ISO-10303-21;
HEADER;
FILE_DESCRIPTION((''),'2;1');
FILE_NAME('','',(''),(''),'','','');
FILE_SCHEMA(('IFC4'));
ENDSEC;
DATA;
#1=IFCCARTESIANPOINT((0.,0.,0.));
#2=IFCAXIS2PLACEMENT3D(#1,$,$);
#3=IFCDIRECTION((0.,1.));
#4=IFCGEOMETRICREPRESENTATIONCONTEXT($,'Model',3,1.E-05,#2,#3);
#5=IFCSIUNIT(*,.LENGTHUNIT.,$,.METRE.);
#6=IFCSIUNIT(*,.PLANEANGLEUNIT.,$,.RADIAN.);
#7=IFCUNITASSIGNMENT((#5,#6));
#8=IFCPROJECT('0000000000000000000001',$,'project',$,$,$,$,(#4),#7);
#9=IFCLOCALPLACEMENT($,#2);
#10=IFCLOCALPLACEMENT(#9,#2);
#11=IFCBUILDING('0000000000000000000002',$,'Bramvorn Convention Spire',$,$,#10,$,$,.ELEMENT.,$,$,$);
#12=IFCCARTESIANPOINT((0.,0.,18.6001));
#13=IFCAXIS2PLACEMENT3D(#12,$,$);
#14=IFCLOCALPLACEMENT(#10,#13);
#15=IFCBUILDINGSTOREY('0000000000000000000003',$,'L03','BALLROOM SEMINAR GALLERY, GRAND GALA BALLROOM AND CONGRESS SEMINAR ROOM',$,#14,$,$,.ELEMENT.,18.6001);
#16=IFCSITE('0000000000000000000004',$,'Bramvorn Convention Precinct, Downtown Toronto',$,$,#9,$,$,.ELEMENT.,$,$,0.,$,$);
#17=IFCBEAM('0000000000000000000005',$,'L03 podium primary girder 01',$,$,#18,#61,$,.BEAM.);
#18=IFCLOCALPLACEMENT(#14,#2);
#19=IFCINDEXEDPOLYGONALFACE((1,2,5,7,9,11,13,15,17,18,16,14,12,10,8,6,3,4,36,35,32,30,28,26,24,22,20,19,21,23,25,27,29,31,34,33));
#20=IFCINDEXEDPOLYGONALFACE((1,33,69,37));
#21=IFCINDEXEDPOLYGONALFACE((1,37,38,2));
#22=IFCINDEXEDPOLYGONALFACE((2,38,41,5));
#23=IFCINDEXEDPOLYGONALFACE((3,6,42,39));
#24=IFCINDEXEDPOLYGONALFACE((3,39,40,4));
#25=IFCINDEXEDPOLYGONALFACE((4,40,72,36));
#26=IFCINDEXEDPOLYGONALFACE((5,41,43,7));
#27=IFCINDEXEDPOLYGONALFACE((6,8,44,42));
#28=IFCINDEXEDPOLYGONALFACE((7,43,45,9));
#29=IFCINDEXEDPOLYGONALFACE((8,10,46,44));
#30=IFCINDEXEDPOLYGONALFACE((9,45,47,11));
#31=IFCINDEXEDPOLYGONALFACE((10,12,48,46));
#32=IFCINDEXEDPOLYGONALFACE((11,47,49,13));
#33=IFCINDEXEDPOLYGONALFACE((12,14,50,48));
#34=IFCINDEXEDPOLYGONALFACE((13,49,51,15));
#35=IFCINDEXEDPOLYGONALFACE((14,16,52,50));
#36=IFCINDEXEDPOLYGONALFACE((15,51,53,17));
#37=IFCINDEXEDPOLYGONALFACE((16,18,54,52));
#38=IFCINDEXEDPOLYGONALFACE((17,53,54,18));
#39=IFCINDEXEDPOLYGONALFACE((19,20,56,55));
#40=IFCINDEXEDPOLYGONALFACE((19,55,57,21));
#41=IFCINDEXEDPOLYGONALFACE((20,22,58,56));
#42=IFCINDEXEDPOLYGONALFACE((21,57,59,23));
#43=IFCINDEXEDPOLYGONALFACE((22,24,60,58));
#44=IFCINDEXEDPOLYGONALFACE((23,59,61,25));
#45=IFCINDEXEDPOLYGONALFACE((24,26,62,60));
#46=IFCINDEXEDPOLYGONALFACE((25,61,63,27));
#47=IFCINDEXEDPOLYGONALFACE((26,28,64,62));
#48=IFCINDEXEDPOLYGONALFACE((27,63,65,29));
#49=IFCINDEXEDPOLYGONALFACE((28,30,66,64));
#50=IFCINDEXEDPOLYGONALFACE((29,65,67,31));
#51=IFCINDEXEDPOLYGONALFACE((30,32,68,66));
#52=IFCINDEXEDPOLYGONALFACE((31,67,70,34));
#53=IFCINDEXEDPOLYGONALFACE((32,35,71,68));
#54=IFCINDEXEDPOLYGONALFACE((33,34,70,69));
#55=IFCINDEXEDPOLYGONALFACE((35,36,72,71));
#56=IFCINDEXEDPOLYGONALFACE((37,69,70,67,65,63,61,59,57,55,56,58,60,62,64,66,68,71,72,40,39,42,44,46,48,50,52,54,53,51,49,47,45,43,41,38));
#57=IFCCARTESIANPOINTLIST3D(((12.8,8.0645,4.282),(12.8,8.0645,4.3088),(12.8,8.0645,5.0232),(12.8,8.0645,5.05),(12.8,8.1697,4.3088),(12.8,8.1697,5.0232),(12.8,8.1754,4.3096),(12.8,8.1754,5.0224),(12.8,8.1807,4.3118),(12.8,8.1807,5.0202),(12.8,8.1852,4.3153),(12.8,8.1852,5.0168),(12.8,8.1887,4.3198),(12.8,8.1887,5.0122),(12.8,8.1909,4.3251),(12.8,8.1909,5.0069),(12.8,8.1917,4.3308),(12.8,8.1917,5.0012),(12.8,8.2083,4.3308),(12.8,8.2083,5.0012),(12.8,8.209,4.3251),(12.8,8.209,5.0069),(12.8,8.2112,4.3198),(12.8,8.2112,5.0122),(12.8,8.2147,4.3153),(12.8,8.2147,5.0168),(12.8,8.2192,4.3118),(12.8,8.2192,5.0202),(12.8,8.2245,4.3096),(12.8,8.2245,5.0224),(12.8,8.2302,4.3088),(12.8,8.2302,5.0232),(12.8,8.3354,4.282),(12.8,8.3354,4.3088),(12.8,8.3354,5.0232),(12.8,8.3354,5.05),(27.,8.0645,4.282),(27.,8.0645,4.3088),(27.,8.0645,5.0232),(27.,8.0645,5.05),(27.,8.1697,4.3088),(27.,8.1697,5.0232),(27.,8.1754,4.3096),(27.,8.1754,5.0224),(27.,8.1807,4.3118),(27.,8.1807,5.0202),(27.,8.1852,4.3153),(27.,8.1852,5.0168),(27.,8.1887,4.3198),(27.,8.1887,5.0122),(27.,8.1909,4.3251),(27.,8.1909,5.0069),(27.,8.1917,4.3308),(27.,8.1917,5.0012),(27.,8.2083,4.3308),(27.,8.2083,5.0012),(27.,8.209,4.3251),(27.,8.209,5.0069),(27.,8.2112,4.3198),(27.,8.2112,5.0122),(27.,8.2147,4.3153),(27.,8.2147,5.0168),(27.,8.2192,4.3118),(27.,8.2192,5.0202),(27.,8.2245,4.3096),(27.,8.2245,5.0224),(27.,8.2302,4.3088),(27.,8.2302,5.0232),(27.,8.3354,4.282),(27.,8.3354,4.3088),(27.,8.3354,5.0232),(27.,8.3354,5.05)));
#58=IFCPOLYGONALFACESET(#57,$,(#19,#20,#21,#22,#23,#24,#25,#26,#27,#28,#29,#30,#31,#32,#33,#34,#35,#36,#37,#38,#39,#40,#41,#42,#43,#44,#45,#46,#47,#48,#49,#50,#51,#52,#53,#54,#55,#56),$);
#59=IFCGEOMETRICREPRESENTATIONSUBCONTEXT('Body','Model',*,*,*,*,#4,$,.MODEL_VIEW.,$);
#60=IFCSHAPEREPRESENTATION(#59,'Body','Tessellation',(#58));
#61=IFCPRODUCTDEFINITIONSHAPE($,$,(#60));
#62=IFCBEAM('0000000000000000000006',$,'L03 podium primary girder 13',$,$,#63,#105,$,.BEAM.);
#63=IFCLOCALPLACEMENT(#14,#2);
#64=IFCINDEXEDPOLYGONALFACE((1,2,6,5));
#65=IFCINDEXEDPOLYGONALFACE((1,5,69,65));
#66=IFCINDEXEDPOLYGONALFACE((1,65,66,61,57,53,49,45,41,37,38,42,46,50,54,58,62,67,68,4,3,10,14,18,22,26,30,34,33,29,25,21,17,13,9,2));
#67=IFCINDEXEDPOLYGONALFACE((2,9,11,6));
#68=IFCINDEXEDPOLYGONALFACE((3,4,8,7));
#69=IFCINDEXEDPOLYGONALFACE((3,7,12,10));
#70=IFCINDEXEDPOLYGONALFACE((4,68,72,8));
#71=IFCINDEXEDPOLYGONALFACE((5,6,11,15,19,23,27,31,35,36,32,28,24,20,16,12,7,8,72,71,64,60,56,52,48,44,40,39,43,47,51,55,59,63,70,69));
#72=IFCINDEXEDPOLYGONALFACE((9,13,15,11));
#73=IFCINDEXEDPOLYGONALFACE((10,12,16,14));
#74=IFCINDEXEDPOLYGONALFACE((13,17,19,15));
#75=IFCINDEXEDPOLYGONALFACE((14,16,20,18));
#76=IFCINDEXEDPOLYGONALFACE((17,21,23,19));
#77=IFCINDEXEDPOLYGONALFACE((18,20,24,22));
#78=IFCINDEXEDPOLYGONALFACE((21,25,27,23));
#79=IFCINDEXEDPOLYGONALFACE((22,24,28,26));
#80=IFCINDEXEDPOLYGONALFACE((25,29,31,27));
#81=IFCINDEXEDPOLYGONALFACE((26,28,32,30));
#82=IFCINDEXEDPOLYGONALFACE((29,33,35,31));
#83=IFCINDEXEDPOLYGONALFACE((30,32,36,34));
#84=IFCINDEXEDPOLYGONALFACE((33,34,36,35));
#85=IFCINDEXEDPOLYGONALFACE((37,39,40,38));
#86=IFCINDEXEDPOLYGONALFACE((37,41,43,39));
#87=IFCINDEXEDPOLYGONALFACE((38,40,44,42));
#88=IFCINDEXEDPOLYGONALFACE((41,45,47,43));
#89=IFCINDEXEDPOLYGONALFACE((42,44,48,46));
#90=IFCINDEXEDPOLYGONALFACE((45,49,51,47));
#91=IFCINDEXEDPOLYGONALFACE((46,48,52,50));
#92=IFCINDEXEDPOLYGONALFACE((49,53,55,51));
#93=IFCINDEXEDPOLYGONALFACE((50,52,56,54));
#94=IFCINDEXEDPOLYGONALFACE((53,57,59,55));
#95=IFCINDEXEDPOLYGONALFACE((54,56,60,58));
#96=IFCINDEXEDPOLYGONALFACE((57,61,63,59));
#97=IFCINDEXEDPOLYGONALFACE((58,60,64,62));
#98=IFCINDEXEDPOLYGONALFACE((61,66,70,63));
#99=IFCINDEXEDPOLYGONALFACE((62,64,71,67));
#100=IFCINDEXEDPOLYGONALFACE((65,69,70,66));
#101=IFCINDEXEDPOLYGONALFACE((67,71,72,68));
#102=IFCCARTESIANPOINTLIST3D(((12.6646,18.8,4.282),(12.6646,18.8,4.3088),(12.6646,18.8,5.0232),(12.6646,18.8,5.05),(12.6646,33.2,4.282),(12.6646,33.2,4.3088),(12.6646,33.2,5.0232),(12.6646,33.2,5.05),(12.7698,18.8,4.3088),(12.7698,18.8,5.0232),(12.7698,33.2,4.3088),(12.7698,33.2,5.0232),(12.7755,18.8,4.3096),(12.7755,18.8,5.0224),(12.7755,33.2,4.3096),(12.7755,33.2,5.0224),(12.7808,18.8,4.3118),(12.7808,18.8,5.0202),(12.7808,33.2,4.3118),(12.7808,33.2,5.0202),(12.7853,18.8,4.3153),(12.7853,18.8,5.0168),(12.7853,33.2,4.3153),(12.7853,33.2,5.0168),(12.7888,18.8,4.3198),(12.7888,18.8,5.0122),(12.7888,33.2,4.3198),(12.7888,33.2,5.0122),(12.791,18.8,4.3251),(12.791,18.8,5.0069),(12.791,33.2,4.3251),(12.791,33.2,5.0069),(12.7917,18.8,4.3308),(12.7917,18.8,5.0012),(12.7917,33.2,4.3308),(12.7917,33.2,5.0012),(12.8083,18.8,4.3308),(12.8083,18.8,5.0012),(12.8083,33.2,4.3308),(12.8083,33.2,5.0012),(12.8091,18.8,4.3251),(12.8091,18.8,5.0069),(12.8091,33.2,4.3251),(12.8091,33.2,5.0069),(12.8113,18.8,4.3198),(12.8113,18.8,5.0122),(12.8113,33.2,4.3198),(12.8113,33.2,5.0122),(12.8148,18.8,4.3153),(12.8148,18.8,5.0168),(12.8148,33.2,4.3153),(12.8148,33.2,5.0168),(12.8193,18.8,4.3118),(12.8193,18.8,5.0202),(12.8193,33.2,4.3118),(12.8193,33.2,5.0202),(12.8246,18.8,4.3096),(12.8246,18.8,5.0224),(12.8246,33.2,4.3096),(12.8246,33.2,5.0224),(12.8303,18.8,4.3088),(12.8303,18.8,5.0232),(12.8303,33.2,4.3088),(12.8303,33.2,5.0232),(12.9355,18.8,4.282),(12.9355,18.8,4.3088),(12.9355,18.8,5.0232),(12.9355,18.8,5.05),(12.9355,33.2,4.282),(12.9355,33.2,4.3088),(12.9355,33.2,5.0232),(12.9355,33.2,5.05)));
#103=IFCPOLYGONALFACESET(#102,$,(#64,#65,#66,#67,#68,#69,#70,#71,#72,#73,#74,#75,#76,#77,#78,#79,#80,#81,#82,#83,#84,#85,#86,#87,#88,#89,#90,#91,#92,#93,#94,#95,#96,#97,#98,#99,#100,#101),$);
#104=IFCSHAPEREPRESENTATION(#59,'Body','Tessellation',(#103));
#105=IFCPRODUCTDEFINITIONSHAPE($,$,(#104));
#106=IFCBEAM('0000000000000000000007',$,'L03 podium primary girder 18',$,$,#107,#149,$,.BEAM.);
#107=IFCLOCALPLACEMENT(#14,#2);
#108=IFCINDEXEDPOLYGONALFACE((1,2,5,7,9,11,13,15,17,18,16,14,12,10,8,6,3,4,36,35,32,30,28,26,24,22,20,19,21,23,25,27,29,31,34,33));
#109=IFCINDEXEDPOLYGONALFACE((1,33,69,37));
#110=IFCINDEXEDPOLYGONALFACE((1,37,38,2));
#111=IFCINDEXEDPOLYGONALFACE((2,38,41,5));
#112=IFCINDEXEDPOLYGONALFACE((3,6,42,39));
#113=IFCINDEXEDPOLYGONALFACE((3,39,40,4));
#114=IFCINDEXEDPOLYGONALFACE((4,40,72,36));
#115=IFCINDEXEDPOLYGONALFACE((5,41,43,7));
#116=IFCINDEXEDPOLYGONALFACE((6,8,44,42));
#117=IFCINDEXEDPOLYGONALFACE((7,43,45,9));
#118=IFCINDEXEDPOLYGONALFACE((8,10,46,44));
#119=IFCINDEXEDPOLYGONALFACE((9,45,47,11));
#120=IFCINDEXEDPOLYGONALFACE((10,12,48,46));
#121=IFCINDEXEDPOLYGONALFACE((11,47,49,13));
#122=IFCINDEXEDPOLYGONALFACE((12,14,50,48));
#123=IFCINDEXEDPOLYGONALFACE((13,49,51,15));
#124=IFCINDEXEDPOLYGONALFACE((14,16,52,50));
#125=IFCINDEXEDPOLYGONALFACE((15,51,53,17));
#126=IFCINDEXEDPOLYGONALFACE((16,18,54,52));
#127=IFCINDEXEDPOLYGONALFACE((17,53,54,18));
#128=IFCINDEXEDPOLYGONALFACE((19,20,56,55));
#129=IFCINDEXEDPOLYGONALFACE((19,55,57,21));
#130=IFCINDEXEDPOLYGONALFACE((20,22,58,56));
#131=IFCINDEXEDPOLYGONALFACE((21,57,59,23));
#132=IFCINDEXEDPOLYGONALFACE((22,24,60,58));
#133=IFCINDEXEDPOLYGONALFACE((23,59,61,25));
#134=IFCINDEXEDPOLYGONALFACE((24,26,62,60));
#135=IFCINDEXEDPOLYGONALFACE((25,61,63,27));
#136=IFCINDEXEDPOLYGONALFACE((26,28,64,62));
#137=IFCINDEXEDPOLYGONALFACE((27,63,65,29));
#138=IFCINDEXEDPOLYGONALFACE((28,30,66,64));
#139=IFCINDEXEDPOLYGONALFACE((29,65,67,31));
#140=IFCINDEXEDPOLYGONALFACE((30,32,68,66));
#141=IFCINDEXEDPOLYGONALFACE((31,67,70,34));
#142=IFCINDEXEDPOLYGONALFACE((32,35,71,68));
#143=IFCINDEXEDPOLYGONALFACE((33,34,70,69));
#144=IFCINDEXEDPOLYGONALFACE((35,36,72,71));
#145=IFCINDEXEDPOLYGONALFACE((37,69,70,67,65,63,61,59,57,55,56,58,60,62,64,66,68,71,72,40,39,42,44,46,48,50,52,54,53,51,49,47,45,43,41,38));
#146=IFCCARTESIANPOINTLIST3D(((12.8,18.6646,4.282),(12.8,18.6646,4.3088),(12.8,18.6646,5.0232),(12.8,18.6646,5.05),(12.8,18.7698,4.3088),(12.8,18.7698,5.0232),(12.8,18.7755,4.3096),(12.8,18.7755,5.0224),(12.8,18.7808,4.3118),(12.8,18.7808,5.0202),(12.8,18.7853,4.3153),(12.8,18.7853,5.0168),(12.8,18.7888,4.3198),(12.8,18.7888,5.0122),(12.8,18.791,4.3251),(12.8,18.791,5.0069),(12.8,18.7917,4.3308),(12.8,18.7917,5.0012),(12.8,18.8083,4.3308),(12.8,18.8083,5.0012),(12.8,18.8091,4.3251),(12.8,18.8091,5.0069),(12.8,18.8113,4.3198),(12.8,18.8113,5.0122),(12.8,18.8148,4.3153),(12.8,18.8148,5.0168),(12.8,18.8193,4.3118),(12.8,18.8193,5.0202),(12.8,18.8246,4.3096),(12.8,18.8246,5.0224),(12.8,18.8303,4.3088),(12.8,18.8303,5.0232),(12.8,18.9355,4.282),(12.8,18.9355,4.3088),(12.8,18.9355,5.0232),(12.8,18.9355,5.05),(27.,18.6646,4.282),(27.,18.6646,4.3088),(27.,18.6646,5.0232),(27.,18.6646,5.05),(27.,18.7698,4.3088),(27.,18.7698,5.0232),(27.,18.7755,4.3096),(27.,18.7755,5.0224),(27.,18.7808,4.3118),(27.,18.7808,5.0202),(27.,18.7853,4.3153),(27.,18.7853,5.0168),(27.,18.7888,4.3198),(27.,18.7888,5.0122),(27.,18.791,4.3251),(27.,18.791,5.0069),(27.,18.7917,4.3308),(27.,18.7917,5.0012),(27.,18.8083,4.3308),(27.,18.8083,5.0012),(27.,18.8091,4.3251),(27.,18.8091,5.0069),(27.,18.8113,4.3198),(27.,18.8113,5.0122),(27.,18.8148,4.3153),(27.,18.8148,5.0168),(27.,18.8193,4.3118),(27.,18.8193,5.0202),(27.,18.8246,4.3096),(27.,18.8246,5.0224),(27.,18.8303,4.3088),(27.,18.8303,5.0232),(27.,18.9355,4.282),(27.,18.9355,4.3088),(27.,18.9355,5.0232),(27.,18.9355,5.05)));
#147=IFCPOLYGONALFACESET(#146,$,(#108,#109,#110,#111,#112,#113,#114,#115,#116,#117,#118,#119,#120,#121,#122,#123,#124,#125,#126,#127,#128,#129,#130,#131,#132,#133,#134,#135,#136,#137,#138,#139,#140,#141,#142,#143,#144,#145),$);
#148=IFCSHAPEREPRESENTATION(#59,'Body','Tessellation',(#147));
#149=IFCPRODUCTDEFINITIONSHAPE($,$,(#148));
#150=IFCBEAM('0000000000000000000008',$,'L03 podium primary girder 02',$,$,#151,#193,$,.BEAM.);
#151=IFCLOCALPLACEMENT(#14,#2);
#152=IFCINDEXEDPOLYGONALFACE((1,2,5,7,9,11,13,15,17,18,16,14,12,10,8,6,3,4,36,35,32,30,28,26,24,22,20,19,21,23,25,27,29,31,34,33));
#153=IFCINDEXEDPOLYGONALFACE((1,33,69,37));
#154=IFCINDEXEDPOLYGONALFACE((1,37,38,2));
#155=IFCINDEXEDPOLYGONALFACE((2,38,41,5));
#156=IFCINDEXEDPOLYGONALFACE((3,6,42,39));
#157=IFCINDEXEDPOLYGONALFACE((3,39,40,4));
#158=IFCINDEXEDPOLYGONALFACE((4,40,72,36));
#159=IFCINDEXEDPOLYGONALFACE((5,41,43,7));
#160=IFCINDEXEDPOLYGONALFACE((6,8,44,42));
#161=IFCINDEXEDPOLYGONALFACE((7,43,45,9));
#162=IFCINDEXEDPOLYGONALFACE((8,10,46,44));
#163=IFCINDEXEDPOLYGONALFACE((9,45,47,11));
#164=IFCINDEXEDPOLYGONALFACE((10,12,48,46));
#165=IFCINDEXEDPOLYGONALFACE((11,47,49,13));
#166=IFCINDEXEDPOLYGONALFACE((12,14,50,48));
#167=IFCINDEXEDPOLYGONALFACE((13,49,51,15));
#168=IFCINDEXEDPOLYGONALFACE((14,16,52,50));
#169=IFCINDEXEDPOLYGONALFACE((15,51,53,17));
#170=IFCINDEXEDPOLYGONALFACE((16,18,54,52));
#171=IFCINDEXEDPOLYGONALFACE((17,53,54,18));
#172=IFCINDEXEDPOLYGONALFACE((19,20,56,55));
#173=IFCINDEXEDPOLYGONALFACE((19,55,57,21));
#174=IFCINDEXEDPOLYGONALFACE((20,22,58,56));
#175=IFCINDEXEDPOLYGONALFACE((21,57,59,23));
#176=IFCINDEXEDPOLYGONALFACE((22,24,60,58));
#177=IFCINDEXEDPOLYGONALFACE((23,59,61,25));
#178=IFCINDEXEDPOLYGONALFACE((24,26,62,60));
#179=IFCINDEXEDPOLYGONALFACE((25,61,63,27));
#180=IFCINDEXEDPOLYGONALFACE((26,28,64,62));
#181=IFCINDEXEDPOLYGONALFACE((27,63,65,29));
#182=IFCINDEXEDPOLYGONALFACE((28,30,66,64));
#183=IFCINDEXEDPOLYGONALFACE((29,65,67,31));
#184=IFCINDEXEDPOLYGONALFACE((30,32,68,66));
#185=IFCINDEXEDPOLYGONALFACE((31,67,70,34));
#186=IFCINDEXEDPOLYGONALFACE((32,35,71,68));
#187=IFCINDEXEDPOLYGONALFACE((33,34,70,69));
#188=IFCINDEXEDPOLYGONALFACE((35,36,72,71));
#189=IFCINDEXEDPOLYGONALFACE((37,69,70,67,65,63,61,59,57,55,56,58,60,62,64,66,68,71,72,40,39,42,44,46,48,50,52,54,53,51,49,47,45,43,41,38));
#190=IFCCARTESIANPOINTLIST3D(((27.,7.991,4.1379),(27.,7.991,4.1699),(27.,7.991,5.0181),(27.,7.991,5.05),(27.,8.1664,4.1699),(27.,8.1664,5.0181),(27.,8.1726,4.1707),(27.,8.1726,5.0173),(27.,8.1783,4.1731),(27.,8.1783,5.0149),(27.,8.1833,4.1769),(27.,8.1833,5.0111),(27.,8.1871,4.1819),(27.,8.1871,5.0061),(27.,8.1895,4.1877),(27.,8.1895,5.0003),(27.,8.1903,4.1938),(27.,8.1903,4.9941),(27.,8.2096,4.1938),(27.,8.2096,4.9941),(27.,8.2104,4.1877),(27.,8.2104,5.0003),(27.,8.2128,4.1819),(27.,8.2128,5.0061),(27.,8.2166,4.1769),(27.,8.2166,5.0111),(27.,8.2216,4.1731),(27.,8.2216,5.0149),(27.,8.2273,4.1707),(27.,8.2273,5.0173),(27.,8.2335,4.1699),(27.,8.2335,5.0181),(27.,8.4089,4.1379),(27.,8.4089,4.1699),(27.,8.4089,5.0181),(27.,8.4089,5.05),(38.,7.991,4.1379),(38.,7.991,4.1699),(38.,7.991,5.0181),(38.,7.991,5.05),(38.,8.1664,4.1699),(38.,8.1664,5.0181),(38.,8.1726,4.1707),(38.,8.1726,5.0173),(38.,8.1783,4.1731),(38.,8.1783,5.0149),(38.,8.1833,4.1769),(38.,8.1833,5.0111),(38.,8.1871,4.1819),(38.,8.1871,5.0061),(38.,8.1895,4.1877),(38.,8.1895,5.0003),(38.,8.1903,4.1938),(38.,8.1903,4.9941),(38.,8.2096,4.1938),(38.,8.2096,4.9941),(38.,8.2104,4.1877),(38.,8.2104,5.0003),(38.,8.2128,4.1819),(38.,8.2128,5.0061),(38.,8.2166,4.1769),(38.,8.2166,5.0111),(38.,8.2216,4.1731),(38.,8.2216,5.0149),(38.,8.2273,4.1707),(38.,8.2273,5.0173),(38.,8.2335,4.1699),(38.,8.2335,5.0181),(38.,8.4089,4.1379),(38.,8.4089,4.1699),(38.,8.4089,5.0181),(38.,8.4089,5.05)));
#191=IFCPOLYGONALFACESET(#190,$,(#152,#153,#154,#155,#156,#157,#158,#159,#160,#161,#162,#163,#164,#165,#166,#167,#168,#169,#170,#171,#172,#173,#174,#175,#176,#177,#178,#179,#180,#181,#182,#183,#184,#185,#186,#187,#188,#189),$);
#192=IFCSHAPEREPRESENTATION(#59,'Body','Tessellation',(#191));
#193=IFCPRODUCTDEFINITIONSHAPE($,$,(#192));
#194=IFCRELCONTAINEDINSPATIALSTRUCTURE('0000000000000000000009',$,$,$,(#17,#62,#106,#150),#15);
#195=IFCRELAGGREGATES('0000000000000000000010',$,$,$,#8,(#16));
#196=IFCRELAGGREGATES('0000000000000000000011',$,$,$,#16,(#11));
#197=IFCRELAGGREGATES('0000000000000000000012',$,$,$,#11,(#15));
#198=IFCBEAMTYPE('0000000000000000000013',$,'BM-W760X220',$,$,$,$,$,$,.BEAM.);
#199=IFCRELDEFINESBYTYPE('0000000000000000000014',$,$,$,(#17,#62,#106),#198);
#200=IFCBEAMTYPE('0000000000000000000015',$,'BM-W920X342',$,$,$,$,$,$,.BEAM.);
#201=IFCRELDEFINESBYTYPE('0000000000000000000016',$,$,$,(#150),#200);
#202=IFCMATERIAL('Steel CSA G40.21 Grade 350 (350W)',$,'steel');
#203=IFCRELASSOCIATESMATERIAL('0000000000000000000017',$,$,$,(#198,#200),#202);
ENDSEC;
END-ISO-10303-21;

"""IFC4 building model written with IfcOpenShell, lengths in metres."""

from ifc_helpers import new_model, si_unit, direction, frame, origin, origin_2d, place, context, subcontext, project, spatial, i_section, extrude, material, material_profile, profile_set, type_object, element, save


model = new_model("IFC4")

# Units and contexts
model_context = context("Model", 3, precision=1e-05, world=origin(), true_north=direction((0.0, 1.0)))
body_context = subcontext(model_context, "Body", "Model", "MODEL_VIEW")
ifc_project = project(units=[si_unit("LENGTHUNIT", "METRE"), si_unit("PLANEANGLEUNIT", "RADIAN")], contexts=[model_context])

# Site, building, storey
site_placement = place(None, origin())
site = spatial("IfcSite", under=ifc_project, at=site_placement, Name="Bramvorn Convention Precinct, Downtown Toronto", CompositionType="ELEMENT", RefElevation=0.0)
building_placement = place(site_placement, origin())
building = spatial("IfcBuilding", under=site, at=building_placement, Name="Bramvorn Convention Spire", CompositionType="ELEMENT")
storey_placement = place(building_placement, frame((0.0, 0.0, 18.6001)))
storey = spatial("IfcBuildingStorey", under=building, at=storey_placement, Name="L03", Description="BALLROOM SEMINAR GALLERY, GRAND GALA BALLROOM AND CONGRESS SEMINAR ROOM", CompositionType="ELEMENT", Elevation=18.6001)

# Shared definitions
ifc_material_1 = material(Name="Steel CSA G40.21 Grade 350 (350W)", Category="steel")

# Beams
ifc_material_profile_1 = material_profile(ifc_material_1, i_section(OverallWidth=0.271, OverallDepth=0.7681, WebThickness=0.0166, FlangeThickness=0.0269, FilletRadius=0.022, at=origin_2d()))
ifc_profile_set_1 = profile_set([ifc_material_profile_1], Name="Steel CSA G40.21 Grade 350 (350W) - W760X220")
beam_type_1 = type_object("IfcBeamType", Name="BM-W760X220", PredefinedType="BEAM", material=ifc_profile_set_1)
beam_1_placement = place(storey_placement, frame((12.8, 8.2, 4.666), z_axis=(1.0, 0.0, 0.0), x_axis=(0.0, 1.0, 0.0)))
element("IfcBeam", 1, at=beam_1_placement, inside=storey, type_object=beam_type_1, Name="L03 podium primary girder 01", PredefinedType="BEAM", context=body_context, shape_type="SweptSolid", body=[
    extrude(i_section(OverallWidth=0.271, OverallDepth=0.7681, WebThickness=0.0166, FlangeThickness=0.0269, FilletRadius=0.022, at=origin_2d()), origin(), (0.0, 0.0, 1.0), 14.2),
])
beam_2_placement = place(storey_placement, frame((12.8, 18.8, 4.666), z_axis=(0.0, 1.0, 0.0), x_axis=(-1.0, 0.0, 0.0)))
element("IfcBeam", 2, at=beam_2_placement, inside=storey, type_object=beam_type_1, Name="L03 podium primary girder 13", PredefinedType="BEAM", context=body_context, shape_type="SweptSolid", body=[
    extrude(i_section(OverallWidth=0.271, OverallDepth=0.7681, WebThickness=0.0166, FlangeThickness=0.0269, FilletRadius=0.022, at=origin_2d()), origin(), (0.0, 0.0, 1.0), 14.3999),
])
beam_3_placement = place(storey_placement, frame((12.8, 18.8, 4.666), z_axis=(1.0, 0.0, 0.0), x_axis=(0.0, 1.0, 0.0)))
element("IfcBeam", 3, at=beam_3_placement, inside=storey, type_object=beam_type_1, Name="L03 podium primary girder 18", PredefinedType="BEAM", context=body_context, shape_type="SweptSolid", body=[
    extrude(i_section(OverallWidth=0.271, OverallDepth=0.7681, WebThickness=0.0166, FlangeThickness=0.0269, FilletRadius=0.022, at=origin_2d()), origin(), (0.0, 0.0, 1.0), 14.2),
])
ifc_material_profile_2 = material_profile(ifc_material_1, i_section(OverallWidth=0.418, OverallDepth=0.9121, WebThickness=0.0193, FlangeThickness=0.032, FilletRadius=0.0239, at=origin_2d()))
ifc_profile_set_2 = profile_set([ifc_material_profile_2], Name="Steel CSA G40.21 Grade 350 (350W) - W920X342")
beam_type_2 = type_object("IfcBeamType", Name="BM-W920X342", PredefinedType="BEAM", material=ifc_profile_set_2)
beam_4_placement = place(storey_placement, frame((27.0, 8.2, 4.594), z_axis=(1.0, 0.0, 0.0), x_axis=(0.0, 1.0, 0.0)))
element("IfcBeam", 4, at=beam_4_placement, inside=storey, type_object=beam_type_2, Name="L03 podium primary girder 02", PredefinedType="BEAM", context=body_context, shape_type="SweptSolid", body=[
    extrude(i_section(OverallWidth=0.418, OverallDepth=0.9121, WebThickness=0.0193, FlangeThickness=0.032, FilletRadius=0.0239, at=origin_2d()), origin(), (0.0, 0.0, 1.0), 11.0),
])

save(model, "model.ifc")
